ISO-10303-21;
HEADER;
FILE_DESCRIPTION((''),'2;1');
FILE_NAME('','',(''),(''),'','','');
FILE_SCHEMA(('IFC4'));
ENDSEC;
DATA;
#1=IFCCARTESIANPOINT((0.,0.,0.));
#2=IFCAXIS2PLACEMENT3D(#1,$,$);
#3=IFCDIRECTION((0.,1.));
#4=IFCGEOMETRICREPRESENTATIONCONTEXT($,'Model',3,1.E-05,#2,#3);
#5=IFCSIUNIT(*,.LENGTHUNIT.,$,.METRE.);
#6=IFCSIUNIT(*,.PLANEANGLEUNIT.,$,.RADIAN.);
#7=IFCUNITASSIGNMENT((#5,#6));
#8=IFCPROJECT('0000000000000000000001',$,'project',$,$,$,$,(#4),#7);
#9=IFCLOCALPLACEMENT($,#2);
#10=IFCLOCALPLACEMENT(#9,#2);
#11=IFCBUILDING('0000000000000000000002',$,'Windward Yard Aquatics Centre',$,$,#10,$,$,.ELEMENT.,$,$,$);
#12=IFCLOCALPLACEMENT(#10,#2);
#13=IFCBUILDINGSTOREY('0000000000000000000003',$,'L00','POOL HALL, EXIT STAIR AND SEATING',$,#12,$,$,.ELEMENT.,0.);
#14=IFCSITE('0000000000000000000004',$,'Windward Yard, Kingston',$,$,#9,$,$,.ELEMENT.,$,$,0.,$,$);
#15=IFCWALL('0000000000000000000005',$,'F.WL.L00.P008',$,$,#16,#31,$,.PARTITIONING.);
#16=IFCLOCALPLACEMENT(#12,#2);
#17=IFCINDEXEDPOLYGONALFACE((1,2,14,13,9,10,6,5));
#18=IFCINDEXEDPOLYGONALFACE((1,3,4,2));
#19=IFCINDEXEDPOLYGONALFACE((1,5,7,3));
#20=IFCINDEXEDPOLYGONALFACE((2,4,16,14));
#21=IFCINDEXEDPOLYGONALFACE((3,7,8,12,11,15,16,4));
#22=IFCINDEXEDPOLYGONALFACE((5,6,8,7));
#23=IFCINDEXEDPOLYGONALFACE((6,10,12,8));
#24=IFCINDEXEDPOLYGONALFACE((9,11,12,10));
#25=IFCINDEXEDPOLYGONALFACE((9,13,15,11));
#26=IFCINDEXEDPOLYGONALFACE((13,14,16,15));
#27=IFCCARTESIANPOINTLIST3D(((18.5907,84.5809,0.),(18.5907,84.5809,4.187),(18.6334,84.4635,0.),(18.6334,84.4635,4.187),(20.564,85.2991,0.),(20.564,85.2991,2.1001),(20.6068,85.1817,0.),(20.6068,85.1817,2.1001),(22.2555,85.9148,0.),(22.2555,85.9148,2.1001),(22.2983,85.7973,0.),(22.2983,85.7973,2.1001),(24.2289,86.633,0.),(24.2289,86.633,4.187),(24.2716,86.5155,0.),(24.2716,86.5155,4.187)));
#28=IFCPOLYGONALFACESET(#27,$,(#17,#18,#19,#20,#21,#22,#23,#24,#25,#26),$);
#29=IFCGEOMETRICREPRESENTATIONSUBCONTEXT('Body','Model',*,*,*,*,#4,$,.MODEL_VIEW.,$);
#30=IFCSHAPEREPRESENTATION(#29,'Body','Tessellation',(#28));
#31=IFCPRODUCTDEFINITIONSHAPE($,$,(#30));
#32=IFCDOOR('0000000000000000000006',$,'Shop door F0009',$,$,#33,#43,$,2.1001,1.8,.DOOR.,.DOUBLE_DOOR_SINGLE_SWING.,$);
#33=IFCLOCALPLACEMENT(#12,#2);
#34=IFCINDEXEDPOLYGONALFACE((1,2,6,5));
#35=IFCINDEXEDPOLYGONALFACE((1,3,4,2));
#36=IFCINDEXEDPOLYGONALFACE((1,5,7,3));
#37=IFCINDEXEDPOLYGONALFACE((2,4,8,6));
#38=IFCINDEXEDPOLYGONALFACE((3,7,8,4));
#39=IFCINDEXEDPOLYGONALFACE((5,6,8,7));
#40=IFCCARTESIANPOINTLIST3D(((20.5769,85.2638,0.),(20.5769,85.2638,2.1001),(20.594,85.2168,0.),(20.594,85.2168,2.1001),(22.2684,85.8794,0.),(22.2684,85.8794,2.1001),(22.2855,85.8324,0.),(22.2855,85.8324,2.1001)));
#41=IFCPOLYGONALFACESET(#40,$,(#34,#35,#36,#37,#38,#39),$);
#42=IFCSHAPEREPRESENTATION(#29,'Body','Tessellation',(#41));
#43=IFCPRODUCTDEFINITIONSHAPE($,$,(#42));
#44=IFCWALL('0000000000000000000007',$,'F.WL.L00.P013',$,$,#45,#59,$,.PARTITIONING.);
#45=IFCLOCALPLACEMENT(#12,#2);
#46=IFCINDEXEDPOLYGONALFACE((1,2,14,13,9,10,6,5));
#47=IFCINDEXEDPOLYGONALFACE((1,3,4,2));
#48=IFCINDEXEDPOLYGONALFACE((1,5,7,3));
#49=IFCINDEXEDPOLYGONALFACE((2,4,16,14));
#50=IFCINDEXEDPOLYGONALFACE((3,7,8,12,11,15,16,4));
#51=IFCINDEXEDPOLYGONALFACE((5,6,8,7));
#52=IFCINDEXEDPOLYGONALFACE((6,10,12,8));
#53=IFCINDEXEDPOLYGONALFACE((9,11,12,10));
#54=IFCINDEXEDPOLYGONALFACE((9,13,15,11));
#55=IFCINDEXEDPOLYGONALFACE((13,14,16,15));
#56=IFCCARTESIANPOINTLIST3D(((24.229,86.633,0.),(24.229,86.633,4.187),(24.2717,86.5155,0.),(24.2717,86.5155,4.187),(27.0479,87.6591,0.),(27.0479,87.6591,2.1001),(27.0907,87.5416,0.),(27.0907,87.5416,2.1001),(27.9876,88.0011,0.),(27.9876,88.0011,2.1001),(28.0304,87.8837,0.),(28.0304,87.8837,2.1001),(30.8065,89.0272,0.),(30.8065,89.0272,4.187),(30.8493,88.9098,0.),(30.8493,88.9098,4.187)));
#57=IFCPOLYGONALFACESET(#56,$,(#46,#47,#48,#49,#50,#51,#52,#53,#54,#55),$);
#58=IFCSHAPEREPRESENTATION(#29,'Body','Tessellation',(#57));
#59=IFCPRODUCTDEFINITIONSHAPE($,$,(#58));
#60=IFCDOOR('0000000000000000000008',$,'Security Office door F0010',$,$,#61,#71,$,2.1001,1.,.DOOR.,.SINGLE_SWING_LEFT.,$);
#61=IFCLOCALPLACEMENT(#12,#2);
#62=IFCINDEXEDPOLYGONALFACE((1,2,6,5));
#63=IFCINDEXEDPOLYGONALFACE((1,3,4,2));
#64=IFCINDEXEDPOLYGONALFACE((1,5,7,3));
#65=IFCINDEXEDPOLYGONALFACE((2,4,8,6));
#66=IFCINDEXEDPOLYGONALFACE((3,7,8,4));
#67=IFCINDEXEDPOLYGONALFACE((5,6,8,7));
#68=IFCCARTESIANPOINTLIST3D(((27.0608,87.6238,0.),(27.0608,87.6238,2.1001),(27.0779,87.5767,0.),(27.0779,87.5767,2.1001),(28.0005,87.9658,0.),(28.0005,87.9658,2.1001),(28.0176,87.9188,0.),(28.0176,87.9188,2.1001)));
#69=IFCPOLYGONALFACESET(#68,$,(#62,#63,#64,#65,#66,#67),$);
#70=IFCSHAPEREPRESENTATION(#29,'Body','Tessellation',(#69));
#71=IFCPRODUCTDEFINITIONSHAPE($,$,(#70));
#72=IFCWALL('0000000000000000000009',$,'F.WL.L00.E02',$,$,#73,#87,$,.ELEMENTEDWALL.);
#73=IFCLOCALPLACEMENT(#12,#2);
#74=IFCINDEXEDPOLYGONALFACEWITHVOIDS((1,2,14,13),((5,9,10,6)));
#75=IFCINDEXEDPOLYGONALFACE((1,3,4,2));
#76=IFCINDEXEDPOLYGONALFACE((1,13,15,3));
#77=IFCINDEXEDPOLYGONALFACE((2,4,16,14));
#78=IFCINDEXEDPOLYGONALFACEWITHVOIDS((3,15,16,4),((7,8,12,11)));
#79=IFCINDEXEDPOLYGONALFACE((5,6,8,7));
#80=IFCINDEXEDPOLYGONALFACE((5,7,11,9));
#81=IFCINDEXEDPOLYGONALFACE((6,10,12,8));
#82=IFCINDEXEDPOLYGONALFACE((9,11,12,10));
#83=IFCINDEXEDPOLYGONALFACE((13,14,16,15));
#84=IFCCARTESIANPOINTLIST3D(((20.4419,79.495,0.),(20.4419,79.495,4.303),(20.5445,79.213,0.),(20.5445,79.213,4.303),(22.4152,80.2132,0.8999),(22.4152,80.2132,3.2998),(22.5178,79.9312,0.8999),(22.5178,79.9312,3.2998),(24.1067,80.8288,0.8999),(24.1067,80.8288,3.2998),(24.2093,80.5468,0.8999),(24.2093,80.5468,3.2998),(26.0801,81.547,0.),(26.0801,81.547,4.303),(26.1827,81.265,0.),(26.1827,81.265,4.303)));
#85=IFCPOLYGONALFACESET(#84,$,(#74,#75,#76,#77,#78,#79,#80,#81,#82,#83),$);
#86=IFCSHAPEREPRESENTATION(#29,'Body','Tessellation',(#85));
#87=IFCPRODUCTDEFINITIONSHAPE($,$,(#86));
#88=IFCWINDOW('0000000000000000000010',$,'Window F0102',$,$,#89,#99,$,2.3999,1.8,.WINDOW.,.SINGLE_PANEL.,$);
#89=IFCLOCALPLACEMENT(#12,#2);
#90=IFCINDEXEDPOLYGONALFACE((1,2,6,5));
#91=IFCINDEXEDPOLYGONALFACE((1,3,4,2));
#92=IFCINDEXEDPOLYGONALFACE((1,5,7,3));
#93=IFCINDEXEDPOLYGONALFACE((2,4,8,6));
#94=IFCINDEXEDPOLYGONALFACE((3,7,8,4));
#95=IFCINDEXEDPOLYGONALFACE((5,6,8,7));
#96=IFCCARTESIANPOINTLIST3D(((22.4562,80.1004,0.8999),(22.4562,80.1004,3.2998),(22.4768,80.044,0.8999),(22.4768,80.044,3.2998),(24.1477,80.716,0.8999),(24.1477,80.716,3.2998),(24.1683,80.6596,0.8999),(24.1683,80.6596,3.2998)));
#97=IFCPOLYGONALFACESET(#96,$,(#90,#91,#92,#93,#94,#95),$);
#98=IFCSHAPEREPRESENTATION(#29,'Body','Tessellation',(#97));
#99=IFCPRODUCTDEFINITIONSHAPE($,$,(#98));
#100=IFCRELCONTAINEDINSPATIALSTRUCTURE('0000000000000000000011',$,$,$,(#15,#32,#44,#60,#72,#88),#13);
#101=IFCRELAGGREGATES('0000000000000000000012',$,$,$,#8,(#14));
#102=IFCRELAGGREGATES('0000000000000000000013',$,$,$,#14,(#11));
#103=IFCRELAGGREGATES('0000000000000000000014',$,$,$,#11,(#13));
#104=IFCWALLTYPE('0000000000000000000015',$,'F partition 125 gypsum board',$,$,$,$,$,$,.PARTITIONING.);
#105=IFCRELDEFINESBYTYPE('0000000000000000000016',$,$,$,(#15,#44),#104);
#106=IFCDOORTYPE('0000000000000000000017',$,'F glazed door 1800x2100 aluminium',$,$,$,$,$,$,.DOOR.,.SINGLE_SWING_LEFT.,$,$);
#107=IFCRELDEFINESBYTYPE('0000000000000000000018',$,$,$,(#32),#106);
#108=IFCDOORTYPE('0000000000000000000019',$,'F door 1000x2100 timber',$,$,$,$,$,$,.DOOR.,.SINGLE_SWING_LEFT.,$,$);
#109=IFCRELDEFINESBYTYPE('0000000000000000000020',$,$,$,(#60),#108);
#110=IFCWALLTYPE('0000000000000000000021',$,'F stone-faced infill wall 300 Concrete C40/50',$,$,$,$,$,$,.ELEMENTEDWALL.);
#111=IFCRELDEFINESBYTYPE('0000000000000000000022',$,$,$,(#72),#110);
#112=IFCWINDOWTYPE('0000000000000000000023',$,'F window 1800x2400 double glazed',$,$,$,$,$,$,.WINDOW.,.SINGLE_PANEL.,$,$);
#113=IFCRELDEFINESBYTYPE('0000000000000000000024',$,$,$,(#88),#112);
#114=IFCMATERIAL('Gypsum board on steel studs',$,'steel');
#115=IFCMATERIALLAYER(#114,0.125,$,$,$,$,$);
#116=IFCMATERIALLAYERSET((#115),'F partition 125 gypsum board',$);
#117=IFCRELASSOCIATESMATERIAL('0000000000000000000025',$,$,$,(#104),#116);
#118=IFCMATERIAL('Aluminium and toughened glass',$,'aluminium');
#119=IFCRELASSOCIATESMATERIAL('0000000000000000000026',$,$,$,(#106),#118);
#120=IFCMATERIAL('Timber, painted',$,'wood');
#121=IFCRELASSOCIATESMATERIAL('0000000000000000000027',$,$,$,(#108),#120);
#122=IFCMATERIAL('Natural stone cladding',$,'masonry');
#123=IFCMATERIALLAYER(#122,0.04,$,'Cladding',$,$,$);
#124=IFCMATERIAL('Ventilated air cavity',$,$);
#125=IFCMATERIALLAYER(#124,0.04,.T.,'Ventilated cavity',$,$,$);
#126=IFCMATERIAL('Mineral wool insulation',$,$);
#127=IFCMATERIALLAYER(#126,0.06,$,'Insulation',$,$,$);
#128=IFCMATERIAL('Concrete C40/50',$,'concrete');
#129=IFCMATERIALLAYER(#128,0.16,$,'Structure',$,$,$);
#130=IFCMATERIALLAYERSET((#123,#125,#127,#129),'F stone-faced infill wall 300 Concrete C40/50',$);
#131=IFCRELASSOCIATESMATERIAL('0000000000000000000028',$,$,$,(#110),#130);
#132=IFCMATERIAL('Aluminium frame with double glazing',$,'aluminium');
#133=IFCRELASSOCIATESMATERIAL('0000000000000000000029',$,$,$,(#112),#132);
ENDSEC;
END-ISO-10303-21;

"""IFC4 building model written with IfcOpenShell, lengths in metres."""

from ifc_helpers import new_model, si_unit, direction, frame, frame_2d, origin, place, context, subcontext, project, spatial, rectangle, extrude, material, layer, layer_set, type_object, element, fill, save


model = new_model("IFC4")

# Units and contexts
model_context = context("Model", 3, precision=1e-05, world=origin(), true_north=direction((0.0, 1.0)))
body_context = subcontext(model_context, "Body", "Model", "MODEL_VIEW")
ifc_project = project(units=[si_unit("LENGTHUNIT", "METRE"), si_unit("PLANEANGLEUNIT", "RADIAN")], contexts=[model_context])

# Site, building, storey
site_placement = place(None, origin())
site = spatial("IfcSite", under=ifc_project, at=site_placement, Name="Windward Yard, Kingston", CompositionType="ELEMENT", RefElevation=0.0)
building_placement = place(site_placement, origin())
building = spatial("IfcBuilding", under=site, at=building_placement, Name="Windward Yard Aquatics Centre", CompositionType="ELEMENT")
storey_placement = place(building_placement, origin())
storey = spatial("IfcBuildingStorey", under=building, at=storey_placement, Name="L00", Description="POOL HALL, EXIT STAIR AND SEATING", CompositionType="ELEMENT", Elevation=0.0)

# Shared definitions
ifc_material_1 = material(Name="Concrete C40/50", Category="concrete")

# Shared definitions
ifc_material_2 = material(Name="Gypsum board on steel studs", Category="steel")
ifc_layer_1 = layer(ifc_material_2, 0.125)
ifc_layer_set_1 = layer_set([ifc_layer_1], Name="F partition 125 gypsum board")
wall_type_1 = type_object("IfcWallType", Name="F partition 125 gypsum board", PredefinedType="PARTITIONING", material=ifc_layer_set_1)

# Walls, openings, doors
ifc_material_3 = material(Name="Aluminium and toughened glass", Category="aluminium")
door_type_1 = type_object("IfcDoorType", Name="F glazed door 1800x2100 aluminium", OperationType="SINGLE_SWING_LEFT", PredefinedType="DOOR", material=ifc_material_3)
wall_1_placement = place(storey_placement, frame((18.6121, 84.5222, 0.0), z_axis=(0.0, 0.0, 1.0), x_axis=(0.9397, 0.342001, 0.0)))
wall_1 = element("IfcWall", 1, at=wall_1_placement, inside=storey, type_object=wall_type_1, Name="F.WL.L00.P008", PredefinedType="PARTITIONING", context=body_context, shape_type="SweptSolid", body=[
    extrude(rectangle(XDim=6.0, YDim=0.125, at=frame_2d((3.0, 0.0))), origin(), (0.0, 0.0, 1.0), 4.187),
])
opening_1_placement = place(wall_1_placement, frame((2.1001, 0.0, 0.0)))
opening_1 = element("IfcOpeningElement", 2, at=opening_1_placement, cuts=wall_1, PredefinedType="OPENING", context=body_context, shape_type="SweptSolid", body=[
    extrude(rectangle(XDim=1.8, YDim=2.1001, at=frame_2d((0.8999, 1.05))), frame((0.0, 0.0725, 0.0), z_axis=(0.0, -1.0, 0.0), x_axis=(1.0, 0.0, 0.0)), (0.0, 0.0, 1.0), 0.145),
])
door_1_placement = place(opening_1_placement, origin())
door_1 = element("IfcDoor", 3, at=door_1_placement, inside=storey, type_object=door_type_1, Name="Shop door F0009", OperationType="DOUBLE_DOOR_SINGLE_SWING", OverallHeight=2.1001, OverallWidth=1.8, PredefinedType="DOOR", context=body_context, shape_type="SweptSolid", body=[
    extrude(rectangle(XDim=1.8, YDim=2.1001, at=frame_2d((0.8999, 1.05))), frame((0.0, 0.0249, 0.0), z_axis=(0.0, -1.0, 0.0), x_axis=(1.0, 0.0, 0.0)), (0.0, 0.0, 1.0), 0.05),
])
fill(opening_1, door_1)
wall_2_placement = place(storey_placement, frame((24.2502, 86.5742, 0.0), z_axis=(0.0, 0.0, 1.0), x_axis=(0.939682, 0.342048, 0.0)))
wall_2 = element("IfcWall", 4, at=wall_2_placement, inside=storey, type_object=wall_type_1, Name="F.WL.L00.P013", PredefinedType="PARTITIONING", context=body_context, shape_type="SweptSolid", body=[
    extrude(rectangle(XDim=6.9998, YDim=0.125, at=frame_2d((3.5, 0.0))), origin(), (0.0, 0.0, 1.0), 4.187),
])
opening_2_placement = place(wall_2_placement, frame((3.0, 0.0, 0.0)))
opening_2 = element("IfcOpeningElement", 5, at=opening_2_placement, cuts=wall_2, PredefinedType="OPENING", context=body_context, shape_type="SweptSolid", body=[
    extrude(rectangle(XDim=1.0, YDim=2.1001, at=frame_2d((0.5, 1.05))), frame((0.0, 0.0725, 0.0), z_axis=(0.0, -1.0, 0.0), x_axis=(1.0, 0.0, 0.0)), (0.0, 0.0, 1.0), 0.145),
])
ifc_material_4 = material(Name="Timber, painted", Category="wood")
door_type_2 = type_object("IfcDoorType", Name="F door 1000x2100 timber", OperationType="SINGLE_SWING_LEFT", PredefinedType="DOOR", material=ifc_material_4)
door_2_placement = place(opening_2_placement, origin())
door_2 = element("IfcDoor", 6, at=door_2_placement, inside=storey, type_object=door_type_2, Name="Security Office door F0010", OperationType="SINGLE_SWING_LEFT", OverallHeight=2.1001, OverallWidth=1.0, PredefinedType="DOOR", context=body_context, shape_type="SweptSolid", body=[
    extrude(rectangle(XDim=1.0, YDim=2.1001, at=frame_2d((0.5, 1.05))), frame((0.0, 0.0249, 0.0), z_axis=(0.0, -1.0, 0.0), x_axis=(1.0, 0.0, 0.0)), (0.0, 0.0, 1.0), 0.05),
])
fill(opening_2, door_2)

# Wall, opening, window
ifc_material_5 = material(Name="Natural stone cladding", Category="masonry")
ifc_layer_2 = layer(ifc_material_5, 0.04, Name="Cladding")
ifc_material_6 = material(Name="Ventilated air cavity")
ifc_layer_3 = layer(ifc_material_6, 0.04, ventilated=True, Name="Ventilated cavity")
ifc_material_7 = material(Name="Mineral wool insulation")
ifc_layer_4 = layer(ifc_material_7, 0.06, Name="Insulation")
ifc_layer_5 = layer(ifc_material_1, 0.16, Name="Structure")
ifc_layer_set_2 = layer_set([ifc_layer_2, ifc_layer_3, ifc_layer_4, ifc_layer_5], Name="F stone-faced infill wall 300 Concrete C40/50")
wall_type_2 = type_object("IfcWallType", Name="F stone-faced infill wall 300 Concrete C40/50", PredefinedType="ELEMENTEDWALL", material=ifc_layer_set_2)
wall_3_placement = place(storey_placement, frame((20.4932, 79.354, 0.0), z_axis=(0.0, 0.0, 1.0), x_axis=(0.9397, 0.342001, 0.0)))
wall_3 = element("IfcWall", 7, at=wall_3_placement, inside=storey, type_object=wall_type_2, Name="F.WL.L00.E02", PredefinedType="ELEMENTEDWALL", context=body_context, shape_type="SweptSolid", body=[
    extrude(rectangle(XDim=6.0, YDim=0.3, at=frame_2d((3.0, 0.0))), origin(), (0.0, 0.0, 1.0), 4.303),
])
opening_3_placement = place(wall_3_placement, frame((2.1001, 0.0, 0.8999)))
opening_3 = element("IfcOpeningElement", 8, at=opening_3_placement, cuts=wall_3, PredefinedType="OPENING", context=body_context, shape_type="SweptSolid", body=[
    extrude(rectangle(XDim=1.8, YDim=2.3999, at=frame_2d((0.8999, 1.2))), frame((0.0, 0.1602, 0.0), z_axis=(0.0, -1.0, 0.0), x_axis=(1.0, 0.0, 0.0)), (0.0, 0.0, 1.0), 0.3201),
])
ifc_material_8 = material(Name="Aluminium frame with double glazing", Category="aluminium")
window_type = type_object("IfcWindowType", Name="F window 1800x2400 double glazed", PartitioningType="SINGLE_PANEL", PredefinedType="WINDOW", material=ifc_material_8)
window_placement = place(opening_3_placement, origin())
window = element("IfcWindow", 9, at=window_placement, inside=storey, type_object=window_type, Name="Window F0102", OverallHeight=2.3999, OverallWidth=1.8, PartitioningType="SINGLE_PANEL", PredefinedType="WINDOW", context=body_context, shape_type="SweptSolid", body=[
    extrude(rectangle(XDim=1.8, YDim=2.3999, at=frame_2d((0.8999, 1.2))), frame((0.0, 0.03, 0.0), z_axis=(0.0, -1.0, 0.0), x_axis=(1.0, 0.0, 0.0)), (0.0, 0.0, 1.0), 0.0601),
])
fill(opening_3, window)

save(model, "model.ifc")
